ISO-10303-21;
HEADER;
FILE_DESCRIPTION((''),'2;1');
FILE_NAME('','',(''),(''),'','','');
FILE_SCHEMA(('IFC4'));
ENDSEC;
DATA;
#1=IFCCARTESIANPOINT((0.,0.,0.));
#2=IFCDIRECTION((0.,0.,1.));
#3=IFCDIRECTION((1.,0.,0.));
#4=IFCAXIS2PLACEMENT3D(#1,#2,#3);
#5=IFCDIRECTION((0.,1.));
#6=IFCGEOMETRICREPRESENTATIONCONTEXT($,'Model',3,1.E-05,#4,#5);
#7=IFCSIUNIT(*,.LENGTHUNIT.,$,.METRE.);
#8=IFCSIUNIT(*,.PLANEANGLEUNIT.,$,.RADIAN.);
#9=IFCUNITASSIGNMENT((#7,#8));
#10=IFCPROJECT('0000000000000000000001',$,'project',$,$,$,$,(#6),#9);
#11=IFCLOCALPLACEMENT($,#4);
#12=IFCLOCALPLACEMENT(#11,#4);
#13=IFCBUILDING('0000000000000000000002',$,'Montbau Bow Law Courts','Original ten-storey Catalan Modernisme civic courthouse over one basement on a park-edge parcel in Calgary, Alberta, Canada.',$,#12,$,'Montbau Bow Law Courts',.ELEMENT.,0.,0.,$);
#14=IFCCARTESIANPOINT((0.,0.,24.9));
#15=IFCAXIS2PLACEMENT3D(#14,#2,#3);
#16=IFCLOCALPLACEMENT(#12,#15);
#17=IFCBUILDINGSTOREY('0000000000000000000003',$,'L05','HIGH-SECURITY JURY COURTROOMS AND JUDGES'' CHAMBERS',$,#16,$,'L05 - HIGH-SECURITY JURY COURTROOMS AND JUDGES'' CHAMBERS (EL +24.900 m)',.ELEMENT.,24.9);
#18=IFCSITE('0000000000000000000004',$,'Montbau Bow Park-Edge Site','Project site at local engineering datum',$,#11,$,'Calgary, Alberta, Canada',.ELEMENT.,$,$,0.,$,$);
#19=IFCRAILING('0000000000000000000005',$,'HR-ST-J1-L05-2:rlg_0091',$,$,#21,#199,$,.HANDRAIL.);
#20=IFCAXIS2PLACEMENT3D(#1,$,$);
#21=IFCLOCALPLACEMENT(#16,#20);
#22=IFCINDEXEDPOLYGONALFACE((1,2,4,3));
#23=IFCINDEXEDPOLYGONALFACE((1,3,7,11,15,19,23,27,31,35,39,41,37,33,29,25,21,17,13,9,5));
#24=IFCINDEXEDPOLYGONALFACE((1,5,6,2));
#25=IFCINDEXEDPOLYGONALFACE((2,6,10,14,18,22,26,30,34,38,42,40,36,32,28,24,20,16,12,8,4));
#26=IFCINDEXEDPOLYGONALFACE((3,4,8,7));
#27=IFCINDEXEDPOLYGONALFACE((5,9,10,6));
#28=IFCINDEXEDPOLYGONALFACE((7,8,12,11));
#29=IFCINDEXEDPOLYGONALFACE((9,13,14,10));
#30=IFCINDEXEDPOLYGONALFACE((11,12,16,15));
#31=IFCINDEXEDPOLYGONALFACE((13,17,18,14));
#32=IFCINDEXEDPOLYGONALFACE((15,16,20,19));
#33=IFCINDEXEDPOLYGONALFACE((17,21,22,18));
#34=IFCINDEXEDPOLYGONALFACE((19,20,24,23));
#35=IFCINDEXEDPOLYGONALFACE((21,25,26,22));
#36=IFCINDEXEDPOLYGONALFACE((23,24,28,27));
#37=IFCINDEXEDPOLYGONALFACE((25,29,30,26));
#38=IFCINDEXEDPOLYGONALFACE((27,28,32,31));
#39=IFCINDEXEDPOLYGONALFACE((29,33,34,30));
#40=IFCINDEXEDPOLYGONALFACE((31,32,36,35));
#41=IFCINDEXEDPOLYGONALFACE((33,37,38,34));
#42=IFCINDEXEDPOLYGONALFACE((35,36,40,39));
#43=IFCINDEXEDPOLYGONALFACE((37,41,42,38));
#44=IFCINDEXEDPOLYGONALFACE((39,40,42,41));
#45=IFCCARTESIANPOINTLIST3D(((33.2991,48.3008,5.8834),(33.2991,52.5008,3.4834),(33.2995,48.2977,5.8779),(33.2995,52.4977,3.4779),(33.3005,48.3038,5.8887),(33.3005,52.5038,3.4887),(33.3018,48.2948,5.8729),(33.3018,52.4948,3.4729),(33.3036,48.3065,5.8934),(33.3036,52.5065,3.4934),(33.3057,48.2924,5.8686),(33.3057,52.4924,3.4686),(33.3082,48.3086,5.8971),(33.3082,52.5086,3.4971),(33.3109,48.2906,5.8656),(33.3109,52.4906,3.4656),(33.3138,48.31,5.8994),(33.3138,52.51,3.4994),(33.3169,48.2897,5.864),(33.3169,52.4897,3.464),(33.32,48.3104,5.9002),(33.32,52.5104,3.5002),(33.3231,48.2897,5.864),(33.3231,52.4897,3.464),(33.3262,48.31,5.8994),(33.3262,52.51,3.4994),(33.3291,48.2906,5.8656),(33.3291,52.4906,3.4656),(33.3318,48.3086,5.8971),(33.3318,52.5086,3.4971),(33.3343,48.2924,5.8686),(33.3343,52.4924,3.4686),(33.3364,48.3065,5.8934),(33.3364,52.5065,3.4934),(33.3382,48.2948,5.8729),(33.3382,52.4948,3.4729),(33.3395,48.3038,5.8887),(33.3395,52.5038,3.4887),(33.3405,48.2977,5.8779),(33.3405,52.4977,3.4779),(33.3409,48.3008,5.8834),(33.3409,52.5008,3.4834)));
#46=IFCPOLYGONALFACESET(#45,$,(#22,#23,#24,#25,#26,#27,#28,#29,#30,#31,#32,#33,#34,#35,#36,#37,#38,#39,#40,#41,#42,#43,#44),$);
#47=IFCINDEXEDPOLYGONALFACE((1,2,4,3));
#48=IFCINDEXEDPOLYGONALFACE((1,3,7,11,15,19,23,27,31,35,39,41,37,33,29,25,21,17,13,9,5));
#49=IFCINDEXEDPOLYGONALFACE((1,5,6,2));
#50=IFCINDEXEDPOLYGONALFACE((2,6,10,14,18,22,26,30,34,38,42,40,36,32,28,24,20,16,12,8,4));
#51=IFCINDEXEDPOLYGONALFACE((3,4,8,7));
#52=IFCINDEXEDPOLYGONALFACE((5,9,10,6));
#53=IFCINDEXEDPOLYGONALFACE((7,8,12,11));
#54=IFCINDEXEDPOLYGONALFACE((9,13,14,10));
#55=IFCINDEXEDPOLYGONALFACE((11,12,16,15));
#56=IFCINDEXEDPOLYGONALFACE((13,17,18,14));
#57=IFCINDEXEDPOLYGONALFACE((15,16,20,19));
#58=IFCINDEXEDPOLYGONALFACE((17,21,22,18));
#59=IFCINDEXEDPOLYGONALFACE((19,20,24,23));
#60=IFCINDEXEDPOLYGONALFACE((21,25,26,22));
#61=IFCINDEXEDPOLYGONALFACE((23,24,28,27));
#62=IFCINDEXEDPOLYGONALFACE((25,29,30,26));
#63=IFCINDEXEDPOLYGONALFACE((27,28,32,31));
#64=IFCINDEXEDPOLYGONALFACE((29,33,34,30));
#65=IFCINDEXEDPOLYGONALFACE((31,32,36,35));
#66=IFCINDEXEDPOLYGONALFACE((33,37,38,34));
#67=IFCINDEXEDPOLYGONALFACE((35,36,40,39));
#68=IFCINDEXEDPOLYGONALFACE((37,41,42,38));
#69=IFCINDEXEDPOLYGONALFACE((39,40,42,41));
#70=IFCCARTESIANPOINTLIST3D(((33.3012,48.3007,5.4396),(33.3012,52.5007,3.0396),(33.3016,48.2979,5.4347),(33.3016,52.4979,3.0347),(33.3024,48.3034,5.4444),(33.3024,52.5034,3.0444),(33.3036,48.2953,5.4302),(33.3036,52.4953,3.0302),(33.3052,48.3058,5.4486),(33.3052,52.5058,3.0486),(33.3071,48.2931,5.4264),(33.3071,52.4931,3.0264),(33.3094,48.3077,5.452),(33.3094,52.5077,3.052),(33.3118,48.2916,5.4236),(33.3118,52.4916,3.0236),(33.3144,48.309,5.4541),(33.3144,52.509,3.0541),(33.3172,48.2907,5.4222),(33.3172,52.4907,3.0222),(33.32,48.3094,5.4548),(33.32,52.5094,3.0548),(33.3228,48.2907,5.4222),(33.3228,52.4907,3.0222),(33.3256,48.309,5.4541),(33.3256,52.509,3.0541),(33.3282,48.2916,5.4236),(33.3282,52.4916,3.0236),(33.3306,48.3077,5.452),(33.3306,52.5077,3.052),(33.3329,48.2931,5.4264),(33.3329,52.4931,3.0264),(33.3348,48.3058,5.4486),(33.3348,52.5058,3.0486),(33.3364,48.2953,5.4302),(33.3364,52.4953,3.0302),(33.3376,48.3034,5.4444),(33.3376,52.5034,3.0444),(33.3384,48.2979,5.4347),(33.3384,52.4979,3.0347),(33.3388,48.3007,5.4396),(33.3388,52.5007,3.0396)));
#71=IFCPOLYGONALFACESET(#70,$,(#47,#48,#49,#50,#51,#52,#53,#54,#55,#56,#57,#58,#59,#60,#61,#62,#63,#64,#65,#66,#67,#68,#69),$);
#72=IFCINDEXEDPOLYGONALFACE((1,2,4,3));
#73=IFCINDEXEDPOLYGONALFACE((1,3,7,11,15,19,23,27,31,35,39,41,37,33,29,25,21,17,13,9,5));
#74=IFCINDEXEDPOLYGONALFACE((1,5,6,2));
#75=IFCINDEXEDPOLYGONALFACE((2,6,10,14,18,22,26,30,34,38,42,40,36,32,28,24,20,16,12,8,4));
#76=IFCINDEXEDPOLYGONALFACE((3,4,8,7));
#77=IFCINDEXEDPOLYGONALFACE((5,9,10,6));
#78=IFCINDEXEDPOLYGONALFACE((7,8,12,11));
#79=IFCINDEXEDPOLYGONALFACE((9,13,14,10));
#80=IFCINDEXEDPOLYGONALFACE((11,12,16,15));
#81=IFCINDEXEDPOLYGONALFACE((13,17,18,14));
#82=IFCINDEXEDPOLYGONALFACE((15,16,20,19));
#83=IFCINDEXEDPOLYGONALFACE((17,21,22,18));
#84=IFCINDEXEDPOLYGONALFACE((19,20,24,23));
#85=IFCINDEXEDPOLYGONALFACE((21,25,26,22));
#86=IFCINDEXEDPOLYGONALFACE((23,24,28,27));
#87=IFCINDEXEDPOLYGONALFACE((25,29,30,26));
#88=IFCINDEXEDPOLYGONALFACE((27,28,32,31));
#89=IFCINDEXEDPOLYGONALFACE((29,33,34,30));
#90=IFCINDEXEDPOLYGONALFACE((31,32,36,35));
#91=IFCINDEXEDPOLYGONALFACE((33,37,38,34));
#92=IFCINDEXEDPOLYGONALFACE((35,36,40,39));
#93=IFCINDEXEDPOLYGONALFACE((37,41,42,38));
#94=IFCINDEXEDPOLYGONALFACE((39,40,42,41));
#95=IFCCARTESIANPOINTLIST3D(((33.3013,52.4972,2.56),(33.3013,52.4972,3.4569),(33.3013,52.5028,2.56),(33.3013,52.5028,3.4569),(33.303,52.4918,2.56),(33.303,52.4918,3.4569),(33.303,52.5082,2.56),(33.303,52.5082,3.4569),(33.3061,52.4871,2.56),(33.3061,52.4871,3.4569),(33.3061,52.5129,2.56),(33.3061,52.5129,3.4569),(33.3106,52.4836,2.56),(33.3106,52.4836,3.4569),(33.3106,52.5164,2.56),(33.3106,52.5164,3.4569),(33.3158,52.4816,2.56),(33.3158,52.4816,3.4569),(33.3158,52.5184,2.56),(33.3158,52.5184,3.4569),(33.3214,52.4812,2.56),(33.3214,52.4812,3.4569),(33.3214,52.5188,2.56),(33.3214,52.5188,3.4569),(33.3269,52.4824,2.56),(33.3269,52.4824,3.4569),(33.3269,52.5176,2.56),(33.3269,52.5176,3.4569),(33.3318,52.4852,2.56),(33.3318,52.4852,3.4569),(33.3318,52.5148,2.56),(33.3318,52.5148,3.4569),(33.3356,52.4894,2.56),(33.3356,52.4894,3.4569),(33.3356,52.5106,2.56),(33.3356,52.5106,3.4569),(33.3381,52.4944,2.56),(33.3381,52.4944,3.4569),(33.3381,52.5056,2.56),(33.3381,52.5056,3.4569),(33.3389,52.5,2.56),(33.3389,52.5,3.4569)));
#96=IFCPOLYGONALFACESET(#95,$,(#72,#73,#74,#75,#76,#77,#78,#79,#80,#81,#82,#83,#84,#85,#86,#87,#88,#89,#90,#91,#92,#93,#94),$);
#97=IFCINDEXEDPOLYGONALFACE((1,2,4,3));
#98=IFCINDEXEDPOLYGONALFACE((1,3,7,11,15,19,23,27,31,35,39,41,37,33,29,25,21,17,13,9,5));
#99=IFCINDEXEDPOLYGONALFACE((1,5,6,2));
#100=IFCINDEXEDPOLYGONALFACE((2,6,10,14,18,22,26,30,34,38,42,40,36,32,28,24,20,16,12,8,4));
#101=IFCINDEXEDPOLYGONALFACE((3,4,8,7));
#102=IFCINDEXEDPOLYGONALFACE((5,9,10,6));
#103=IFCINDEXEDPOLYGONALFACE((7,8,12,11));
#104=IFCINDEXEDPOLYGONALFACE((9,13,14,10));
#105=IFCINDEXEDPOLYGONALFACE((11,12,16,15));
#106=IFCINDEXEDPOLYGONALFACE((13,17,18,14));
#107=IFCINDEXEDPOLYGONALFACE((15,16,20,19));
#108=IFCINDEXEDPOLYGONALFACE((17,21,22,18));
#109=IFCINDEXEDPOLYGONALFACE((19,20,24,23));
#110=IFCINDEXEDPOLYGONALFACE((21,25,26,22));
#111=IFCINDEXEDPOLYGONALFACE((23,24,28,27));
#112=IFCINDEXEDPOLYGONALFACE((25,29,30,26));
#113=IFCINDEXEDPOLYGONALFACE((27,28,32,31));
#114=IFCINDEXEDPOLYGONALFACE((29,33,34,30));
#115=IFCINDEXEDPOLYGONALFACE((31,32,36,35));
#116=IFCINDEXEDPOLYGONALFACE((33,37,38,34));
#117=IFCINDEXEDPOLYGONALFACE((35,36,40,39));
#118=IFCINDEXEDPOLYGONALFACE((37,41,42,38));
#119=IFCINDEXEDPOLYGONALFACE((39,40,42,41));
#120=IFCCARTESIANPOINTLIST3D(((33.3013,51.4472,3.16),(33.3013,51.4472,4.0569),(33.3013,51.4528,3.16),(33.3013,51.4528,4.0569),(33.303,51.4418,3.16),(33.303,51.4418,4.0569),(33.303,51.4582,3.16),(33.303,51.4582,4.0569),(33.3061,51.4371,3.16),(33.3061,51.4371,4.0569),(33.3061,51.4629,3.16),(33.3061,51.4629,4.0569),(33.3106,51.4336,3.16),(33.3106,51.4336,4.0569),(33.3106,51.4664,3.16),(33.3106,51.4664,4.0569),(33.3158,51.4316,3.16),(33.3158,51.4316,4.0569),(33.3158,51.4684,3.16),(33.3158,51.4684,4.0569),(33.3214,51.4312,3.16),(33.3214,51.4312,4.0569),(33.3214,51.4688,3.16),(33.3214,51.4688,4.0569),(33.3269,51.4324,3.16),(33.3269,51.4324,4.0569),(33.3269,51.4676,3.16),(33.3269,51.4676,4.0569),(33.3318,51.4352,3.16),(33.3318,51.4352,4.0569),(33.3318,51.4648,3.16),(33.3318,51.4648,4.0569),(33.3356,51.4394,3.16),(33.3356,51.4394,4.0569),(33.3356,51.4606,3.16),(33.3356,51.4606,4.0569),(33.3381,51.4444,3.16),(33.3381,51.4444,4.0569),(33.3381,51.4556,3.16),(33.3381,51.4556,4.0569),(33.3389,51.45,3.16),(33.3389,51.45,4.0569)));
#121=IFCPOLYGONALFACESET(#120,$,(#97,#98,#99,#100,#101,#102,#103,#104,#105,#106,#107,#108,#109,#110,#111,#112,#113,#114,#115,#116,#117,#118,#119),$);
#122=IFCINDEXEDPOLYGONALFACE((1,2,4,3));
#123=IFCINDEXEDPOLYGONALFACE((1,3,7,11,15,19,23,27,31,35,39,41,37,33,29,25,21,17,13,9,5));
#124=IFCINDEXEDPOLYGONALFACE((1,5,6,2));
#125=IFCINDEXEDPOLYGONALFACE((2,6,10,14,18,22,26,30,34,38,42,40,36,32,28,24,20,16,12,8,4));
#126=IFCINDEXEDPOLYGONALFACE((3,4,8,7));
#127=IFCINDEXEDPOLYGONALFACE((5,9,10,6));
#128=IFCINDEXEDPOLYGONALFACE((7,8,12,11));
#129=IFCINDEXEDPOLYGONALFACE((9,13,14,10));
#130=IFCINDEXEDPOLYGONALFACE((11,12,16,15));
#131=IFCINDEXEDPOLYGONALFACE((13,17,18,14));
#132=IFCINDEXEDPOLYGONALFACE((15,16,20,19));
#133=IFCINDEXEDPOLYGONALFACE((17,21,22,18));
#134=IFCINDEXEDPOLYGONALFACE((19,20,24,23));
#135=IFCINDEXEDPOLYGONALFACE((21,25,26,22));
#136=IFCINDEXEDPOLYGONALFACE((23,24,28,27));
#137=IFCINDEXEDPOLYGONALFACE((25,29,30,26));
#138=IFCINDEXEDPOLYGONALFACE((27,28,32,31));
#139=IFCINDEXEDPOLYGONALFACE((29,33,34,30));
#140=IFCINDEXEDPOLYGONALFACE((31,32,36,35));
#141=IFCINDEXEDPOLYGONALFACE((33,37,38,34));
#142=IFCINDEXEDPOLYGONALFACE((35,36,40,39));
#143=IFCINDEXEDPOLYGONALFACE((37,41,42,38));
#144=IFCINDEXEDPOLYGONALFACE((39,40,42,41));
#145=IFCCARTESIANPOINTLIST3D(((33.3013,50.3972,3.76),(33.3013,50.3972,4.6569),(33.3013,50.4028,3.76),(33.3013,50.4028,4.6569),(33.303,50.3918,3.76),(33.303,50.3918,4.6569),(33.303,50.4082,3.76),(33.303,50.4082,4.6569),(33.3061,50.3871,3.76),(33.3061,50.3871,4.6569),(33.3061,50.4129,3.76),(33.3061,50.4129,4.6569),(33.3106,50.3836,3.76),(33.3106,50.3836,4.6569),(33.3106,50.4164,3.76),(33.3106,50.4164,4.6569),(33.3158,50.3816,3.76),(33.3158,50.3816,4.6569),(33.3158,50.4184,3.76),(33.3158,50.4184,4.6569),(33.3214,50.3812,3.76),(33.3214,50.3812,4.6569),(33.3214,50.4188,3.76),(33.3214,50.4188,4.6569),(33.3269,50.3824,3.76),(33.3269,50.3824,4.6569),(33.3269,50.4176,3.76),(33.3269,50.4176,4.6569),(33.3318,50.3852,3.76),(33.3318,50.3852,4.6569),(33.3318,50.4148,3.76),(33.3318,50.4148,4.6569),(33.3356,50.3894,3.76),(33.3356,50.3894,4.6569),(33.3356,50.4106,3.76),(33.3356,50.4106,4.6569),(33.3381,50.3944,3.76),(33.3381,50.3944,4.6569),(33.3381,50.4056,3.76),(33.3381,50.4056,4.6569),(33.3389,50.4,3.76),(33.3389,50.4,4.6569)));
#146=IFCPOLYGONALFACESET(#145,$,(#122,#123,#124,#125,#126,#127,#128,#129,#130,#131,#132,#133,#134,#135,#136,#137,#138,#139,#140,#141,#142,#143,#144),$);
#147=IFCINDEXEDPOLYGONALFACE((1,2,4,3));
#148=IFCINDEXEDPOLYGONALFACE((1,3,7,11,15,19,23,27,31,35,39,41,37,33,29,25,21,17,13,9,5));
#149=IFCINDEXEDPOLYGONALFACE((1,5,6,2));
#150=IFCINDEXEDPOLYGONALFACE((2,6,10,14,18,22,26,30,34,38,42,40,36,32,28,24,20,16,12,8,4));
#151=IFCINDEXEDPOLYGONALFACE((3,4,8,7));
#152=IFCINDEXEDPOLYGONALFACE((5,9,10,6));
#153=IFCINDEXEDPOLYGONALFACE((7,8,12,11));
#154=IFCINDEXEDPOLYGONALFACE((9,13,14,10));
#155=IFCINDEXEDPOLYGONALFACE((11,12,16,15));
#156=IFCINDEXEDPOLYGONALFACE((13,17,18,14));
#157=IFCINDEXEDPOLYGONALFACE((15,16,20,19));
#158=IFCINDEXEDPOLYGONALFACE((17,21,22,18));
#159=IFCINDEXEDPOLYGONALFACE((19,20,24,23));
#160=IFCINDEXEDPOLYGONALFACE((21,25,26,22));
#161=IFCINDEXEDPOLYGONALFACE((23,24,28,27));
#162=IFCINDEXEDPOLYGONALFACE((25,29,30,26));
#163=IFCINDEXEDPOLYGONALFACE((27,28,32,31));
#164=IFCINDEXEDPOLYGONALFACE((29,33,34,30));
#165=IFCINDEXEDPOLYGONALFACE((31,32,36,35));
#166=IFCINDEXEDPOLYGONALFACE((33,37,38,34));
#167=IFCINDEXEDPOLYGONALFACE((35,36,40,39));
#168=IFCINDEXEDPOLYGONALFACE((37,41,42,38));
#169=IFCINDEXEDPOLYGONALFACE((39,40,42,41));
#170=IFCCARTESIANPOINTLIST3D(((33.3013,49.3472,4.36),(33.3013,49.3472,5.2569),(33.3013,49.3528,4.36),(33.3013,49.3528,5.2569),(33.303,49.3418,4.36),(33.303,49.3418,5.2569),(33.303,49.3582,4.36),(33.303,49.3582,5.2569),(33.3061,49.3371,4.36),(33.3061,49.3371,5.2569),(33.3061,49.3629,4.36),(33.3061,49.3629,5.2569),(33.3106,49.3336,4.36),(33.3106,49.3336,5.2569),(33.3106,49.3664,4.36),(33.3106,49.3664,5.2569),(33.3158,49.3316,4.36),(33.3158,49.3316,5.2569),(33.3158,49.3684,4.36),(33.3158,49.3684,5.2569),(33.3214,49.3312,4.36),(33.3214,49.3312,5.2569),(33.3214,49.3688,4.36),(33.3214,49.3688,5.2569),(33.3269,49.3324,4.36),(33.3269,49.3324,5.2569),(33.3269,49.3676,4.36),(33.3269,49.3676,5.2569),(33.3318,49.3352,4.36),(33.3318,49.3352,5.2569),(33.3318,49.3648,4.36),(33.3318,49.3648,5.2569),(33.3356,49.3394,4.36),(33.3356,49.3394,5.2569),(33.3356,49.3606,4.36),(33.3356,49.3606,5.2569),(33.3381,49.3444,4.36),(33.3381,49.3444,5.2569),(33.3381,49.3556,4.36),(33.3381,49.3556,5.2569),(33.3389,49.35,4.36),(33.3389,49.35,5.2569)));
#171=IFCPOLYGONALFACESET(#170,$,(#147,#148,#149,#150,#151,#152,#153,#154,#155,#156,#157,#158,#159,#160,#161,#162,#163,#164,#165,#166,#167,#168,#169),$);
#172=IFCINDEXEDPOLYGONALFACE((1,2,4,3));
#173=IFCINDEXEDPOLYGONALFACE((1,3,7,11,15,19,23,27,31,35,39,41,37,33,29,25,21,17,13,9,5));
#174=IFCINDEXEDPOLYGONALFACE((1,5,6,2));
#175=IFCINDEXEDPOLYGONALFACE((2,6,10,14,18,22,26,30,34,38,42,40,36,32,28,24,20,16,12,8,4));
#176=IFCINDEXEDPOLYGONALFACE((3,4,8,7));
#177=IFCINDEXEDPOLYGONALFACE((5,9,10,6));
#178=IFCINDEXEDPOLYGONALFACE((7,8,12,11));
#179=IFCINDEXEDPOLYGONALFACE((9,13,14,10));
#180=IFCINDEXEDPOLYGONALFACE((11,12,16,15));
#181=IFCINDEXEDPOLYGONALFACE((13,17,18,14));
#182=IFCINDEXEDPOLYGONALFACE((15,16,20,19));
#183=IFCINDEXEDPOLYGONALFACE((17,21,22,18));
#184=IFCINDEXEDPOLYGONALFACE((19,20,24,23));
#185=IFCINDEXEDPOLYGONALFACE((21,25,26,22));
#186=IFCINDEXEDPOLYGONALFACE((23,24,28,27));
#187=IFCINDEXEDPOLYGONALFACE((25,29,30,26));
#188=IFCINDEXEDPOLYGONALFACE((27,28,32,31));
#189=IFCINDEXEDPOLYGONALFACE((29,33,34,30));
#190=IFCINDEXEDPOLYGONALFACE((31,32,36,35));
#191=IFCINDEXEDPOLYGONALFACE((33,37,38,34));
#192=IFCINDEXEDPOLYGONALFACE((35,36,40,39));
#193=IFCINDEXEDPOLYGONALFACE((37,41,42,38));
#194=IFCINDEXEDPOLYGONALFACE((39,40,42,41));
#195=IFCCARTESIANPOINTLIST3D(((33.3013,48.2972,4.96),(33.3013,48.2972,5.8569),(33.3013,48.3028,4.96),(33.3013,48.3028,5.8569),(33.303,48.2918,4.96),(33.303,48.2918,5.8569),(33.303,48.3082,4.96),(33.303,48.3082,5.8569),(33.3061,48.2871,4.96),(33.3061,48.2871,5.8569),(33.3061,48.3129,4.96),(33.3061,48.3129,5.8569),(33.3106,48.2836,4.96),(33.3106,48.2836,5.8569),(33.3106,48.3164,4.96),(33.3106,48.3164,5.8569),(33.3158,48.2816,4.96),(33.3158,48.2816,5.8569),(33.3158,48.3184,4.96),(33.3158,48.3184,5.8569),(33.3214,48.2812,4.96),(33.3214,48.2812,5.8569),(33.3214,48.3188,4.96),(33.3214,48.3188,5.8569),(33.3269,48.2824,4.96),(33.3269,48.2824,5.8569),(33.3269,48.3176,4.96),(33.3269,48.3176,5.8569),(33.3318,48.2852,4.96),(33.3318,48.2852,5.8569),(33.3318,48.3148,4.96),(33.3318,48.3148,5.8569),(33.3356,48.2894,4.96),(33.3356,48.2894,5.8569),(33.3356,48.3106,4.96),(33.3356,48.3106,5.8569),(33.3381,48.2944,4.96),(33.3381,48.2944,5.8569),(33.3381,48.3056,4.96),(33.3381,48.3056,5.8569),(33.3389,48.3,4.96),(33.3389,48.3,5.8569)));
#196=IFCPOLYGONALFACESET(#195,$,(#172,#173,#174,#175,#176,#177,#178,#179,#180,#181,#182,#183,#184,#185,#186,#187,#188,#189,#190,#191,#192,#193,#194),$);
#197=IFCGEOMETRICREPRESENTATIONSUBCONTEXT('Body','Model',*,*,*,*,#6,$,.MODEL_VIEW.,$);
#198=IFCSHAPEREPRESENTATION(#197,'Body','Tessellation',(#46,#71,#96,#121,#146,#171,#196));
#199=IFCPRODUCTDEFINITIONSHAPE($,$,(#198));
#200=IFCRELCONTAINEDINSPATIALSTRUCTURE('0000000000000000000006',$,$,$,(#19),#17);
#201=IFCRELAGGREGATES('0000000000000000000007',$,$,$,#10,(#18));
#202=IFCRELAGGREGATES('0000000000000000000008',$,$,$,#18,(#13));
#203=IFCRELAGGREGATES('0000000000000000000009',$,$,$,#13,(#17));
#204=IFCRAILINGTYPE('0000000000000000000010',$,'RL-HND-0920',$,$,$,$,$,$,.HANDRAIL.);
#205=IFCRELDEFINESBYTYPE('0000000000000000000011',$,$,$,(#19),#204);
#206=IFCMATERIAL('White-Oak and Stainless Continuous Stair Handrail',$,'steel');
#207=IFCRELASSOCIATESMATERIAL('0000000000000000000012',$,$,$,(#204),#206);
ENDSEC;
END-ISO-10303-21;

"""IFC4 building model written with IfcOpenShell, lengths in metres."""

from ifc_helpers import new_model, si_unit, direction, frame, origin_with_axes, origin_2d_with_axis, place, context, subcontext, project, spatial, circle, extrude, material, type_object, element, save


model = new_model("IFC4")

# Units and contexts
model_context = context("Model", 3, precision=1e-05, world=origin_with_axes(), true_north=direction((0.0, 1.0)))
body_context = subcontext(model_context, "Body", "Model", "MODEL_VIEW")
ifc_project = project(units=[si_unit("LENGTHUNIT", "METRE"), si_unit("PLANEANGLEUNIT", "RADIAN")], contexts=[model_context])

# Site, building, storey
site_placement = place(None, origin_with_axes())
site = spatial("IfcSite", under=ifc_project, at=site_placement, Name="Montbau Bow Park-Edge Site", Description="Project site at local engineering datum", LongName="Calgary, Alberta, Canada", CompositionType="ELEMENT", RefElevation=0.0)
building_placement = place(site_placement, origin_with_axes())
building = spatial("IfcBuilding", under=site, at=building_placement, Name="Montbau Bow Law Courts", Description="Original ten-storey Catalan Modernisme civic courthouse over one basement on a park-edge parcel in Calgary, Alberta, Canada.", LongName="Montbau Bow Law Courts", CompositionType="ELEMENT", ElevationOfRefHeight=0.0, ElevationOfTerrain=0.0)
storey_placement = place(building_placement, frame((0.0, 0.0, 24.9), z_axis=(0.0, 0.0, 1.0), x_axis=(1.0, 0.0, 0.0)))
storey = spatial("IfcBuildingStorey", under=building, at=storey_placement, Name="L05", Description="HIGH-SECURITY JURY COURTROOMS AND JUDGES' CHAMBERS", LongName="L05 - HIGH-SECURITY JURY COURTROOMS AND JUDGES' CHAMBERS (EL +24.900 m)", CompositionType="ELEMENT", Elevation=24.9)

# Railing
ifc_material_1 = material(Name="White-Oak and Stainless Continuous Stair Handrail", Category="steel")
railing_type_1 = type_object("IfcRailingType", Name="RL-HND-0920", PredefinedType="HANDRAIL", material=ifc_material_1)
railing_1_placement = place(None, origin_with_axes())
element("IfcRailing", 1, at=railing_1_placement, inside=storey, type_object=railing_type_1, Name="HR-ST-J1-L05-2:rlg_0091", PredefinedType="HANDRAIL", context=body_context, shape_type="SweptSolid", body=[
    extrude(circle(Radius=0.021, at=origin_2d_with_axis()), frame((33.32, 52.5, 28.382), z_axis=(0.0, -0.868243, 0.496139), x_axis=(0.0, 0.496139, 0.868243)), (0.0, 0.0, 1.0), 4.8374),
    extrude(circle(Radius=0.0189, at=origin_2d_with_axis()), frame((33.32, 52.5, 27.9384), z_axis=(0.0, -0.868243, 0.496139), x_axis=(0.0, 0.496139, 0.868243)), (0.0, 0.0, 1.0), 4.8374),
    extrude(circle(Radius=0.0189, at=origin_2d_with_axis()), frame((33.32, 52.5, 27.46), z_axis=(0.0, 0.0, 1.0), x_axis=(1.0, 0.0, 0.0)), (0.0, 0.0, 1.0), 0.8969),
    extrude(circle(Radius=0.0189, at=origin_2d_with_axis()), frame((33.32, 51.45, 28.06), z_axis=(0.0, 0.0, 1.0), x_axis=(1.0, 0.0, 0.0)), (0.0, 0.0, 1.0), 0.8969),
    extrude(circle(Radius=0.0189, at=origin_2d_with_axis()), frame((33.32, 50.4, 28.66), z_axis=(0.0, 0.0, 1.0), x_axis=(1.0, 0.0, 0.0)), (0.0, 0.0, 1.0), 0.8969),
    extrude(circle(Radius=0.0189, at=origin_2d_with_axis()), frame((33.32, 49.35, 29.26), z_axis=(0.0, 0.0, 1.0), x_axis=(1.0, 0.0, 0.0)), (0.0, 0.0, 1.0), 0.8969),
    extrude(circle(Radius=0.0189, at=origin_2d_with_axis()), frame((33.32, 48.3, 29.86), z_axis=(0.0, 0.0, 1.0), x_axis=(1.0, 0.0, 0.0)), (0.0, 0.0, 1.0), 0.8969),
])

save(model, "model.ifc")
